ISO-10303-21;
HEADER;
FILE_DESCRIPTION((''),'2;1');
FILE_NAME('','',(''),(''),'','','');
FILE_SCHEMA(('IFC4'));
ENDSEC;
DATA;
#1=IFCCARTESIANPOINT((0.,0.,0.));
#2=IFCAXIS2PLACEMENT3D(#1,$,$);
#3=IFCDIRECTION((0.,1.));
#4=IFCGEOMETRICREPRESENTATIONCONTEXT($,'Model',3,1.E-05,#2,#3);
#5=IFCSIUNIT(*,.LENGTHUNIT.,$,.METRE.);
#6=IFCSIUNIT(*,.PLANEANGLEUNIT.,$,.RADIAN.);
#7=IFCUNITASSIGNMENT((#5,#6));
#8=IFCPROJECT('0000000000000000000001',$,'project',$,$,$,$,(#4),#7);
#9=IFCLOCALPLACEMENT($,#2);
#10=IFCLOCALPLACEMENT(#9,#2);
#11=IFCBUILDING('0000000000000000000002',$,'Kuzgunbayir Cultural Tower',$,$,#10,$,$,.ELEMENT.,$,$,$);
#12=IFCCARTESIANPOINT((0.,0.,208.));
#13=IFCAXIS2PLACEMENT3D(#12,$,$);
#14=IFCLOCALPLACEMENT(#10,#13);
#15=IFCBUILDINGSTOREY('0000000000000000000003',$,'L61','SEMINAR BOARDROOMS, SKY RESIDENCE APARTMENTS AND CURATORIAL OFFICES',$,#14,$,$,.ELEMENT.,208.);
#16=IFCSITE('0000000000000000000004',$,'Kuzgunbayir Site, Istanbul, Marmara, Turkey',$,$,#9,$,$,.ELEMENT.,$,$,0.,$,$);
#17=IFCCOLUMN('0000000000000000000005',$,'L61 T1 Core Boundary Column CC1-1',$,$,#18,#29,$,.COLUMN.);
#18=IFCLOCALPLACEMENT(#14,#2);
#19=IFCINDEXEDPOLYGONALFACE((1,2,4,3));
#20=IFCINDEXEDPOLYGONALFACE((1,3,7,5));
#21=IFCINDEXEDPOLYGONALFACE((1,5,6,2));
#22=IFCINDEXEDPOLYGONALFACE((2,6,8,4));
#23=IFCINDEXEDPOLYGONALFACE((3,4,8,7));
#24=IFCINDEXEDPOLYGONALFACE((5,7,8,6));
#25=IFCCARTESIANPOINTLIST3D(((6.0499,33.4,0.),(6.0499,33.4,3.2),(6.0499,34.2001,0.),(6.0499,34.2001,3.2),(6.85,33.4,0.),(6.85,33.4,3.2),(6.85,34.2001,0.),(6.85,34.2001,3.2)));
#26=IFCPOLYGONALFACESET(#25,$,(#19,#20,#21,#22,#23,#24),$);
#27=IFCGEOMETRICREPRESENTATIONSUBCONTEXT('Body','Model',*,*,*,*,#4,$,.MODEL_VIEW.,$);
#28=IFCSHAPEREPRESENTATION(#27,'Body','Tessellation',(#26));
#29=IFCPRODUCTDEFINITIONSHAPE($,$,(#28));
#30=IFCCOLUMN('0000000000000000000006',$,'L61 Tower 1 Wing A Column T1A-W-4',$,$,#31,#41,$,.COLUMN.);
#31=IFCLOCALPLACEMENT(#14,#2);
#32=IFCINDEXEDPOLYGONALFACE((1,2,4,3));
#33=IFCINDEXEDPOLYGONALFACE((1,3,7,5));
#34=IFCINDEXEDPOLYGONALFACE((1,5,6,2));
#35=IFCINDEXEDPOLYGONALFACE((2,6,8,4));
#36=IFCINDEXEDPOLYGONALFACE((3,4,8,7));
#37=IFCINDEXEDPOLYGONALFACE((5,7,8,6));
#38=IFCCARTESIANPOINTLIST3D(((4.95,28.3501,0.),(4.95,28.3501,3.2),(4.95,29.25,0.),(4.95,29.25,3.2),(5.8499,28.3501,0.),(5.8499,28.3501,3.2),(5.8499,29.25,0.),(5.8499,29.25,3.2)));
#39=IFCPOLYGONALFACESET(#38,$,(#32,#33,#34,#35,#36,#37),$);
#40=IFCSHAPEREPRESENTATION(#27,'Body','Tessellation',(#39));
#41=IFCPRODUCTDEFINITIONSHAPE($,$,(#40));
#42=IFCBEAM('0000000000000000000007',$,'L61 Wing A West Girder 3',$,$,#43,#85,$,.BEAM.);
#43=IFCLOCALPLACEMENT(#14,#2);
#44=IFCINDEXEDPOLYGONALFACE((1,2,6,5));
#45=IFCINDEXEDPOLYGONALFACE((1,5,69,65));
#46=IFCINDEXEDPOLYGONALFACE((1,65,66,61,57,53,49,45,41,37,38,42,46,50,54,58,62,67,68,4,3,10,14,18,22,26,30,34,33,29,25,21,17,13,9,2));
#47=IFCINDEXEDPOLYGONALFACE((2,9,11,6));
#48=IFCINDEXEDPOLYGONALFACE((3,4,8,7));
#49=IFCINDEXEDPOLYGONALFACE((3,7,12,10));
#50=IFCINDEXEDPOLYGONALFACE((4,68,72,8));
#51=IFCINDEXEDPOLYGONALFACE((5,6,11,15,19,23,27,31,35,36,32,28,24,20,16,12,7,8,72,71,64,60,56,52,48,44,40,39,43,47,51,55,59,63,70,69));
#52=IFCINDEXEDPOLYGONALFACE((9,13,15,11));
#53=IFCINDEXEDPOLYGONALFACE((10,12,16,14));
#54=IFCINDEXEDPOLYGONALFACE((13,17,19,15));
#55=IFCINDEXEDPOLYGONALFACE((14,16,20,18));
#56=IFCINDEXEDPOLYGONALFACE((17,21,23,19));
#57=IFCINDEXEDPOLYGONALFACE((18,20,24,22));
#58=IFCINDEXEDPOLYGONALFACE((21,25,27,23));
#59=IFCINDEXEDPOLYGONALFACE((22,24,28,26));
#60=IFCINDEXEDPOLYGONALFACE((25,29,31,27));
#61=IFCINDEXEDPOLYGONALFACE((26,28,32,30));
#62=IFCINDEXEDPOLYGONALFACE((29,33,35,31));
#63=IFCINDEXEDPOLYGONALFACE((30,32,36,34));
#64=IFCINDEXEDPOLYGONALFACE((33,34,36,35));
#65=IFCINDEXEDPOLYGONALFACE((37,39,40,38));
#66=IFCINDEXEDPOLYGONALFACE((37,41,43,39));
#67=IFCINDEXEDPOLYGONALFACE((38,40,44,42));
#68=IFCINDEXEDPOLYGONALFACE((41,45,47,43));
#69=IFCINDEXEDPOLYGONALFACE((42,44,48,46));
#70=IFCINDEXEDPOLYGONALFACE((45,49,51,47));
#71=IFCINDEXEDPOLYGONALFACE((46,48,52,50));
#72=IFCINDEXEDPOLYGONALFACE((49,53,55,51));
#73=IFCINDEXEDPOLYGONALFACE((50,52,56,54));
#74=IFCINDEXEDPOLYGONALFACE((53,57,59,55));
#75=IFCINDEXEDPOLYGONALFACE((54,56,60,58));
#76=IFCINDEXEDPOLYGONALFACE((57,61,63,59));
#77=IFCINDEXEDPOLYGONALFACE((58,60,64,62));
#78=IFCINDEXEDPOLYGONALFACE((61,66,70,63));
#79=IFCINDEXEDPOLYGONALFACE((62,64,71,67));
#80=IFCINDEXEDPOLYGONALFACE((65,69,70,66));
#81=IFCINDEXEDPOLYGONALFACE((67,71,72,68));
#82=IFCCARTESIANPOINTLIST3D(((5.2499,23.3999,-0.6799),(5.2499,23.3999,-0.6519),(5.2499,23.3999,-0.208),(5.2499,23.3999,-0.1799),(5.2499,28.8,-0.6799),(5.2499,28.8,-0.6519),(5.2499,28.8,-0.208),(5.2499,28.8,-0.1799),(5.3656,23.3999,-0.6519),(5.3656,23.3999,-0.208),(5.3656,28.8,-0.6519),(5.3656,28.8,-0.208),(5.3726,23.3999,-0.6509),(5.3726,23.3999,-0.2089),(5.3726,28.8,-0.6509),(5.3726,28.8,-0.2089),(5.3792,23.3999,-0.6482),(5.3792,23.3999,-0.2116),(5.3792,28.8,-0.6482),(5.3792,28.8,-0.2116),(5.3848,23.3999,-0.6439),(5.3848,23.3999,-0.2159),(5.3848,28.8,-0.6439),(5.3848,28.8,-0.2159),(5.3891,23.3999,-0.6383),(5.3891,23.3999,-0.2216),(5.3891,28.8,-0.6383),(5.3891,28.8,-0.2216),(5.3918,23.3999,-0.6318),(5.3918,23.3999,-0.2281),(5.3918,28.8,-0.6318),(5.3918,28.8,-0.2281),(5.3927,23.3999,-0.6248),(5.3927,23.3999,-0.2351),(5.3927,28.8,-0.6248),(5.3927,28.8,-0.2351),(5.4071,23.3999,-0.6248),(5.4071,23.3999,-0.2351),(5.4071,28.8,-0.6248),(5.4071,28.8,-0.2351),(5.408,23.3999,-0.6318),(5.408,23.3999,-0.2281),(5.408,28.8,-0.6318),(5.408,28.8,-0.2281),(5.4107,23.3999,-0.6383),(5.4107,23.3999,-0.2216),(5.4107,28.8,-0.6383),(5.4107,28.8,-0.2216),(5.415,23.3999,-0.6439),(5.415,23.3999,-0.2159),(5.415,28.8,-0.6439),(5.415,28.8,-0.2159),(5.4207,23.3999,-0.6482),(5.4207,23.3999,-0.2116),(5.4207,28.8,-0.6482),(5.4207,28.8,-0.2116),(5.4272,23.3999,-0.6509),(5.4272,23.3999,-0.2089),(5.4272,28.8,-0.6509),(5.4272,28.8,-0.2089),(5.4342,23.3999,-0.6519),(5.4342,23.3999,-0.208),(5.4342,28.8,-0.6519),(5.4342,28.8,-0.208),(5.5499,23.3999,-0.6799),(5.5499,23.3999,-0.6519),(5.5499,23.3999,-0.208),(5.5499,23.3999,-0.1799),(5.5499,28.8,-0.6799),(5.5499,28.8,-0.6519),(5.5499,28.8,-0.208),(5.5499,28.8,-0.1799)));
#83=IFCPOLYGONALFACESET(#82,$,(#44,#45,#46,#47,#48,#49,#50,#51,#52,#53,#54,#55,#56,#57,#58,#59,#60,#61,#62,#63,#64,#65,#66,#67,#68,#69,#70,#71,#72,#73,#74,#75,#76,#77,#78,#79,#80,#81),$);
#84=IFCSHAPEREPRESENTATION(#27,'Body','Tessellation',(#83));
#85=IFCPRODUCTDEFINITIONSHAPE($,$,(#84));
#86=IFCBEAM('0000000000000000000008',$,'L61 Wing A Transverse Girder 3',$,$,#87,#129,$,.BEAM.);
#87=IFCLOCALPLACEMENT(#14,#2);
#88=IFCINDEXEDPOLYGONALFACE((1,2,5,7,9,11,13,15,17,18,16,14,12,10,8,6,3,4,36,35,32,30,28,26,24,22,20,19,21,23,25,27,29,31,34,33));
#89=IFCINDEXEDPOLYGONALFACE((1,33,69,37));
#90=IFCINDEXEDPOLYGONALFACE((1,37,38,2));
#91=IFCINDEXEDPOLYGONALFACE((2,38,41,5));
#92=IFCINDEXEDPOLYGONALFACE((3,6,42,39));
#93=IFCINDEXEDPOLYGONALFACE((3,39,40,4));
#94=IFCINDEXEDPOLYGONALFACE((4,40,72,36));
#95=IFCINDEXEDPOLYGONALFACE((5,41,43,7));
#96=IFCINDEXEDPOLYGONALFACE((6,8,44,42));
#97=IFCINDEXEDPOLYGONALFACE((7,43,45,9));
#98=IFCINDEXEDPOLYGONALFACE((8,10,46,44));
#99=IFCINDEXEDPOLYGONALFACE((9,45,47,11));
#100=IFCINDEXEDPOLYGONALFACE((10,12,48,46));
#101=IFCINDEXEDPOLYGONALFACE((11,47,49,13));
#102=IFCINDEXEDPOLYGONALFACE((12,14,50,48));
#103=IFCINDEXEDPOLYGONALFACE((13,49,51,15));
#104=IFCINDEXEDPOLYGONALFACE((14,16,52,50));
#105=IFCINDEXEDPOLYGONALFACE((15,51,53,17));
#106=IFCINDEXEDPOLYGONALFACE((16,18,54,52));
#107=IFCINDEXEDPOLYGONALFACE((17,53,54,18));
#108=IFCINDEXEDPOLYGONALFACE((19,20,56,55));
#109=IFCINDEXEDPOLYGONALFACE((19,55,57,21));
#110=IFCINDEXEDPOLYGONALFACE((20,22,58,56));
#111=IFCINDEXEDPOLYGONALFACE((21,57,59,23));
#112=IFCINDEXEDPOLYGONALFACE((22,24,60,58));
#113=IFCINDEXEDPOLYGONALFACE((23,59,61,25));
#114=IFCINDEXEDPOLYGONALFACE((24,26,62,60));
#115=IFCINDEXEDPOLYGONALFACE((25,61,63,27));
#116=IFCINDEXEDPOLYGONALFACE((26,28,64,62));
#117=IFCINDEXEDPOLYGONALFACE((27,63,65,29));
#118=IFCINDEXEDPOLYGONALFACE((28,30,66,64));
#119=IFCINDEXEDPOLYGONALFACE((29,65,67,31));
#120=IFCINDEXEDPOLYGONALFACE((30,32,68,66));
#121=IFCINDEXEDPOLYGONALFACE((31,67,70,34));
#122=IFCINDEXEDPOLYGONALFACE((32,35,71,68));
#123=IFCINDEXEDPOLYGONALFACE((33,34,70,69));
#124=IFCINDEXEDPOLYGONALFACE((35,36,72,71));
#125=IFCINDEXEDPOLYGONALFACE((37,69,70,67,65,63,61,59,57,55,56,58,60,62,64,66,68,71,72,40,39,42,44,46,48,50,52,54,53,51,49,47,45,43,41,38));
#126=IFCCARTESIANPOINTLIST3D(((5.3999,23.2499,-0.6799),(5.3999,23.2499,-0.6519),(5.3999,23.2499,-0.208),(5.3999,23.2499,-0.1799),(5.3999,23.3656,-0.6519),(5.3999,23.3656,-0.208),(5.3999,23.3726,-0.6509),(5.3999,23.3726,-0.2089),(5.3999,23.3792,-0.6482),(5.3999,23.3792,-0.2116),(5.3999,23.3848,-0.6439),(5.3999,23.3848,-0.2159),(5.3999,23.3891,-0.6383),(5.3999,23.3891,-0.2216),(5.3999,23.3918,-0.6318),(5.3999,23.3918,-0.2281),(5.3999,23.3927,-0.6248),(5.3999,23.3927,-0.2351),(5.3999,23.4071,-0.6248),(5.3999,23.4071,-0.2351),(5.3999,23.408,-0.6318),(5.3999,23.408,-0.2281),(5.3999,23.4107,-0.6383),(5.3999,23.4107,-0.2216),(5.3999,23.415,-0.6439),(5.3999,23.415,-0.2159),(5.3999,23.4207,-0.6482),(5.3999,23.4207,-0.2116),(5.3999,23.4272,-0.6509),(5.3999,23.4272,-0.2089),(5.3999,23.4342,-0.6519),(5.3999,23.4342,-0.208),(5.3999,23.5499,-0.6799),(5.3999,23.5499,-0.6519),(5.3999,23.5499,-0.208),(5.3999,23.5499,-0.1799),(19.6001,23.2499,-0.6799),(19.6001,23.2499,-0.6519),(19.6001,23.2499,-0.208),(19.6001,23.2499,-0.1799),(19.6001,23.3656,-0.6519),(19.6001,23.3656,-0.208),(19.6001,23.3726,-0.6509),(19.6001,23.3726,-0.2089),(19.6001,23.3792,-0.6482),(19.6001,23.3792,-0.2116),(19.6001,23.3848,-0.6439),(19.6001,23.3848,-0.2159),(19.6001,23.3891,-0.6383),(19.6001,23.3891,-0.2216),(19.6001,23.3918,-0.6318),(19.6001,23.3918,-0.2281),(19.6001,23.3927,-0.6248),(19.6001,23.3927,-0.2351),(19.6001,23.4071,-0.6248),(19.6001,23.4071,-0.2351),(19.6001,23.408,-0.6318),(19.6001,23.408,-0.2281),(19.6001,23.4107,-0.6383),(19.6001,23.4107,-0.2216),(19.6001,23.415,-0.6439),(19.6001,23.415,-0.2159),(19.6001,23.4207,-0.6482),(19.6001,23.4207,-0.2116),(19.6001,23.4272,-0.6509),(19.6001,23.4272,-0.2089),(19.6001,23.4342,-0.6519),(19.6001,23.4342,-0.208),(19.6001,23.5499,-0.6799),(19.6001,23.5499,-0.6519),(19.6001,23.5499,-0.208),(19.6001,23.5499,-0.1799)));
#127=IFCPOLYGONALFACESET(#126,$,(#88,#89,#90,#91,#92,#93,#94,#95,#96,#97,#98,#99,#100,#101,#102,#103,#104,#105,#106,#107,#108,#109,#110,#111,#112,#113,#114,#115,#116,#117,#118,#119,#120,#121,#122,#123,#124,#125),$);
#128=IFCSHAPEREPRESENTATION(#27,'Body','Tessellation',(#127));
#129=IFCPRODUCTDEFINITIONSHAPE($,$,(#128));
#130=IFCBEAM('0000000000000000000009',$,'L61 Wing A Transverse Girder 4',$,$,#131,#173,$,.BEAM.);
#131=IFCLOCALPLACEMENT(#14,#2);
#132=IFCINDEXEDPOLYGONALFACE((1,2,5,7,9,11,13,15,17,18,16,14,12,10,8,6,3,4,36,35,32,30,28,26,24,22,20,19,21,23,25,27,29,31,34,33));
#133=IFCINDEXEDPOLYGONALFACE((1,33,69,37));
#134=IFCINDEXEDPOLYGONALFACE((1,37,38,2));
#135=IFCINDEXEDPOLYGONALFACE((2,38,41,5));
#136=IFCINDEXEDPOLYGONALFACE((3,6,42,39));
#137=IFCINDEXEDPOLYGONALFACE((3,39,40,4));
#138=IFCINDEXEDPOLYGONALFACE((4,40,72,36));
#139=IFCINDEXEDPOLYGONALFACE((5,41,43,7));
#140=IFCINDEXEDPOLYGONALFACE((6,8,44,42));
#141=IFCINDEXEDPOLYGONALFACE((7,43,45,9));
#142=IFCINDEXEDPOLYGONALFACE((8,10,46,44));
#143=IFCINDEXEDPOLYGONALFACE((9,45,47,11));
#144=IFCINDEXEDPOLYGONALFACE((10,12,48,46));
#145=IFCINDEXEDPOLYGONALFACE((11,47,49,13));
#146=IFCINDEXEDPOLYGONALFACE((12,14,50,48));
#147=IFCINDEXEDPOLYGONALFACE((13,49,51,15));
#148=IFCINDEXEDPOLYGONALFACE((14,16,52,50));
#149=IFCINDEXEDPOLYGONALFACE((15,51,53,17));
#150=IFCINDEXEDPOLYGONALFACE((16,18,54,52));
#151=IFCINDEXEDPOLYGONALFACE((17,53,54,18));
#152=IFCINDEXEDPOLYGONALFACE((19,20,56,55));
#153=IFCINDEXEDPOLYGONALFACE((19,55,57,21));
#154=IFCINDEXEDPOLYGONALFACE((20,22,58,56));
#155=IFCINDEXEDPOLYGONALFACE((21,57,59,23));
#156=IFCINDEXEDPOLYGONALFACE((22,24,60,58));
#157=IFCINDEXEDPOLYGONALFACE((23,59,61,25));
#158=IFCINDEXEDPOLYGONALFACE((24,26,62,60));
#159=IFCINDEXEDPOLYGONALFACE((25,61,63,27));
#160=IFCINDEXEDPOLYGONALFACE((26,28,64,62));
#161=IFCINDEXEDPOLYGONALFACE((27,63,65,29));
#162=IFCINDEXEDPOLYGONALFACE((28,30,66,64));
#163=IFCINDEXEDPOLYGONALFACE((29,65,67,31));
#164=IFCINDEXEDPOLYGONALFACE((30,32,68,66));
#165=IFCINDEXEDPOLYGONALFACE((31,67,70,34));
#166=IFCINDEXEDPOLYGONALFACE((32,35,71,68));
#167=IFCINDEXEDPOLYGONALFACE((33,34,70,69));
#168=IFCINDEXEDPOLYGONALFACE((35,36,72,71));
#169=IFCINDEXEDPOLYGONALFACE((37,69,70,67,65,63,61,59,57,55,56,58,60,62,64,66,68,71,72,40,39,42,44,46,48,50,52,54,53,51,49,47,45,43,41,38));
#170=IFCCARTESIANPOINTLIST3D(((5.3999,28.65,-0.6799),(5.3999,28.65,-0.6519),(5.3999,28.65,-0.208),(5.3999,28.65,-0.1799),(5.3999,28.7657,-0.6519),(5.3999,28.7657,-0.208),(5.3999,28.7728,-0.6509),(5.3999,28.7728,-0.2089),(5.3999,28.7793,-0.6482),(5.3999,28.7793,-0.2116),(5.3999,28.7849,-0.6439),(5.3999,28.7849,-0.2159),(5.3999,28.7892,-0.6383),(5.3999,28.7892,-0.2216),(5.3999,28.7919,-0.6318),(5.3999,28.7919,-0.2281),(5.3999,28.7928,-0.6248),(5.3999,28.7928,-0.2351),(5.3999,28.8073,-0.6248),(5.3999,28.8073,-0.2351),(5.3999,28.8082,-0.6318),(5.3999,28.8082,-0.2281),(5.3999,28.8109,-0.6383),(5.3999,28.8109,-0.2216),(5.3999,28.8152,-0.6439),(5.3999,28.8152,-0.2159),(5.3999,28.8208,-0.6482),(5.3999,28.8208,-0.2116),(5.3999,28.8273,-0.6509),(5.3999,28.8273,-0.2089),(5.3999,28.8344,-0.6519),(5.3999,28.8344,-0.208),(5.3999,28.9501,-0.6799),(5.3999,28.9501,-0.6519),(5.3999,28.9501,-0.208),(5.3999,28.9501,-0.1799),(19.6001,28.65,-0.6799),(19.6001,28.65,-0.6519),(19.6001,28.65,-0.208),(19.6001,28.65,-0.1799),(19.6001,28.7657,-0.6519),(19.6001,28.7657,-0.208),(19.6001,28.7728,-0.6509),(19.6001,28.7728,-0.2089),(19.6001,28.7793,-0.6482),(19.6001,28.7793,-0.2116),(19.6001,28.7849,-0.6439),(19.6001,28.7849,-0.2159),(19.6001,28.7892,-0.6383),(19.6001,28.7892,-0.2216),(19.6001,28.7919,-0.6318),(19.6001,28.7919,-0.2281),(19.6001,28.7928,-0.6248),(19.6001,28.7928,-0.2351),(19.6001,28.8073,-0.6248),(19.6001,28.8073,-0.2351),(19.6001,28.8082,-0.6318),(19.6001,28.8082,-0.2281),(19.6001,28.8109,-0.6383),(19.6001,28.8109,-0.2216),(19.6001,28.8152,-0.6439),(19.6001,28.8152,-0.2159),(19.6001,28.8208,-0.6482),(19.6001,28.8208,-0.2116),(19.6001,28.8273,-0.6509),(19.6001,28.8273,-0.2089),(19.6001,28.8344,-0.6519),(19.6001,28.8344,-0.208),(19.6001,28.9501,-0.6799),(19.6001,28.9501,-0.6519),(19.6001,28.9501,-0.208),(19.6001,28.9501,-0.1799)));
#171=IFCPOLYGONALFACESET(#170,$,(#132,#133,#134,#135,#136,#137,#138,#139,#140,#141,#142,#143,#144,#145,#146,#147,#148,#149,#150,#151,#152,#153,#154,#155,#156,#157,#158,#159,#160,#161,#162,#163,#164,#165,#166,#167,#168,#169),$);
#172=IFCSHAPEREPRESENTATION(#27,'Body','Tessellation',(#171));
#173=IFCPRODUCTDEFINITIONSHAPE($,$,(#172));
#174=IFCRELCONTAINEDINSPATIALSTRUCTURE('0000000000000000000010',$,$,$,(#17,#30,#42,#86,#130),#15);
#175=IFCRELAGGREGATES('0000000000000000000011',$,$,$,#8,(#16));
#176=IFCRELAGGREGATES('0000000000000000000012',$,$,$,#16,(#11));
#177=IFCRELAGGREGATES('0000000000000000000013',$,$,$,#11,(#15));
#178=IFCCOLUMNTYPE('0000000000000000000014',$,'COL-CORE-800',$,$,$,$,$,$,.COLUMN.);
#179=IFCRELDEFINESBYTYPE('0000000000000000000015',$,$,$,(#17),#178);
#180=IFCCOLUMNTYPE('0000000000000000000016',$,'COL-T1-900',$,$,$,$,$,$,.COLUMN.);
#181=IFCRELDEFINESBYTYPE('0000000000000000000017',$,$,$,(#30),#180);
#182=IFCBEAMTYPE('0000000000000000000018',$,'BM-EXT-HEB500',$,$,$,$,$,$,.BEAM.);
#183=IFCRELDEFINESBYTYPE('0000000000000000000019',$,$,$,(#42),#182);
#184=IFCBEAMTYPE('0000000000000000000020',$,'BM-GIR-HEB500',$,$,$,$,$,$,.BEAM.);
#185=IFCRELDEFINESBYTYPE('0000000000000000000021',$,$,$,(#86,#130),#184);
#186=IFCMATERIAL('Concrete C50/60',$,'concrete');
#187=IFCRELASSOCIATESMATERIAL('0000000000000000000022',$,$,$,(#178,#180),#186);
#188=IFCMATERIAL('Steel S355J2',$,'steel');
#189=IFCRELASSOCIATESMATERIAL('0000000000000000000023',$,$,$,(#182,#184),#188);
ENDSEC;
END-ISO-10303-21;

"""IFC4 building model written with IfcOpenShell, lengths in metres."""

from ifc_helpers import new_model, si_unit, direction, frame, origin, origin_2d, place, context, subcontext, project, spatial, rectangle, i_section, extrude, material, material_profile, profile_set, type_object, element, save


model = new_model("IFC4")

# Units and contexts
model_context = context("Model", 3, precision=1e-05, world=origin(), true_north=direction((0.0, 1.0)))
body_context = subcontext(model_context, "Body", "Model", "MODEL_VIEW")
ifc_project = project(units=[si_unit("LENGTHUNIT", "METRE"), si_unit("PLANEANGLEUNIT", "RADIAN")], contexts=[model_context])

# Site, building, storey
site_placement = place(None, origin())
site = spatial("IfcSite", under=ifc_project, at=site_placement, Name="Kuzgunbayir Site, Istanbul, Marmara, Turkey", CompositionType="ELEMENT", RefElevation=0.0)
building_placement = place(site_placement, origin())
building = spatial("IfcBuilding", under=site, at=building_placement, Name="Kuzgunbayir Cultural Tower", CompositionType="ELEMENT")
storey_placement = place(building_placement, frame((0.0, 0.0, 208.0)))
storey = spatial("IfcBuildingStorey", under=building, at=storey_placement, Name="L61", Description="SEMINAR BOARDROOMS, SKY RESIDENCE APARTMENTS AND CURATORIAL OFFICES", CompositionType="ELEMENT", Elevation=208.0)

# Columns
ifc_material_1 = material(Name="Concrete C50/60", Category="concrete")
ifc_material_profile_1 = material_profile(ifc_material_1, rectangle(XDim=0.8, YDim=0.8, at=origin_2d()), Name="RC 800x800")
ifc_profile_set_1 = profile_set([ifc_material_profile_1], Name="Concrete C50/60")
column_type_1 = type_object("IfcColumnType", Name="COL-CORE-800", PredefinedType="COLUMN", material=ifc_profile_set_1)
column_1_placement = place(storey_placement, frame((6.45, 33.8, 0.0), z_axis=(0.0, 0.0, 1.0), x_axis=(1.0, 0.0, 0.0)))
element("IfcColumn", 1, at=column_1_placement, inside=storey, type_object=column_type_1, Name="L61 T1 Core Boundary Column CC1-1", PredefinedType="COLUMN", context=body_context, shape_type="SweptSolid", body=[
    extrude(rectangle(XDim=0.8, YDim=0.8, at=origin_2d()), origin(), (0.0, 0.0, 1.0), 3.2),
])
ifc_material_profile_2 = material_profile(ifc_material_1, rectangle(XDim=0.8999, YDim=0.8999, at=origin_2d()), Name="RC 900x900")
ifc_profile_set_2 = profile_set([ifc_material_profile_2], Name="Concrete C50/60")
column_type_2 = type_object("IfcColumnType", Name="COL-T1-900", PredefinedType="COLUMN", material=ifc_profile_set_2)
column_2_placement = place(storey_placement, frame((5.3999, 28.8, 0.0), z_axis=(0.0, 0.0, 1.0), x_axis=(1.0, 0.0, 0.0)))
element("IfcColumn", 2, at=column_2_placement, inside=storey, type_object=column_type_2, Name="L61 Tower 1 Wing A Column T1A-W-4", PredefinedType="COLUMN", context=body_context, shape_type="SweptSolid", body=[
    extrude(rectangle(XDim=0.8999, YDim=0.8999, at=origin_2d()), origin(), (0.0, 0.0, 1.0), 3.2),
])

# Beams
ifc_material_2 = material(Name="Steel S355J2", Category="steel")
ifc_material_profile_3 = material_profile(ifc_material_2, i_section(OverallWidth=0.3, OverallDepth=0.5, WebThickness=0.0144, FlangeThickness=0.0281, FilletRadius=0.0271, at=origin_2d()), Name="HEB 500")
ifc_profile_set_3 = profile_set([ifc_material_profile_3], Name="Steel S355J2")
beam_type_1 = type_object("IfcBeamType", Name="BM-EXT-HEB500", PredefinedType="BEAM", material=ifc_profile_set_3)
beam_1_placement = place(storey_placement, frame((5.3999, 23.3999, -0.4299), z_axis=(0.0, 1.0, 0.0), x_axis=(-1.0, 0.0, 0.0)))
element("IfcBeam", 3, at=beam_1_placement, inside=storey, type_object=beam_type_1, Name="L61 Wing A West Girder 3", PredefinedType="BEAM", context=body_context, shape_type="SweptSolid", body=[
    extrude(i_section(OverallWidth=0.3, OverallDepth=0.5, WebThickness=0.0144, FlangeThickness=0.0281, FilletRadius=0.0271, at=origin_2d()), origin(), (0.0, 0.0, 1.0), 5.4001),
])
ifc_material_profile_4 = material_profile(ifc_material_2, i_section(OverallWidth=0.3, OverallDepth=0.5, WebThickness=0.0144, FlangeThickness=0.0281, FilletRadius=0.0271, at=origin_2d()), Name="HEB 500")
ifc_profile_set_4 = profile_set([ifc_material_profile_4], Name="Steel S355J2")
beam_type_2 = type_object("IfcBeamType", Name="BM-GIR-HEB500", PredefinedType="BEAM", material=ifc_profile_set_4)
for number, where, z_axis, x_axis, name in (
    (4, (5.3999, 23.3999, -0.4299), (1.0, 0.0, 0.0), (0.0, 1.0, 0.0), "L61 Wing A Transverse Girder 3"),
    (5, (5.3999, 28.8, -0.4299), (1.0, 0.0, 0.0), (0.0, 1.0, 0.0), "L61 Wing A Transverse Girder 4"),
):
    element("IfcBeam", number, at=place(storey_placement, frame(where, z_axis=z_axis, x_axis=x_axis)), inside=storey, type_object=beam_type_2, Name=name, PredefinedType="BEAM", context=body_context, shape_type="SweptSolid", body=[
        extrude(i_section(OverallWidth=0.3, OverallDepth=0.5, WebThickness=0.0144, FlangeThickness=0.0281, FilletRadius=0.0271, at=origin_2d()), origin(), (0.0, 0.0, 1.0), 14.2002),
    ])

save(model, "model.ifc")
